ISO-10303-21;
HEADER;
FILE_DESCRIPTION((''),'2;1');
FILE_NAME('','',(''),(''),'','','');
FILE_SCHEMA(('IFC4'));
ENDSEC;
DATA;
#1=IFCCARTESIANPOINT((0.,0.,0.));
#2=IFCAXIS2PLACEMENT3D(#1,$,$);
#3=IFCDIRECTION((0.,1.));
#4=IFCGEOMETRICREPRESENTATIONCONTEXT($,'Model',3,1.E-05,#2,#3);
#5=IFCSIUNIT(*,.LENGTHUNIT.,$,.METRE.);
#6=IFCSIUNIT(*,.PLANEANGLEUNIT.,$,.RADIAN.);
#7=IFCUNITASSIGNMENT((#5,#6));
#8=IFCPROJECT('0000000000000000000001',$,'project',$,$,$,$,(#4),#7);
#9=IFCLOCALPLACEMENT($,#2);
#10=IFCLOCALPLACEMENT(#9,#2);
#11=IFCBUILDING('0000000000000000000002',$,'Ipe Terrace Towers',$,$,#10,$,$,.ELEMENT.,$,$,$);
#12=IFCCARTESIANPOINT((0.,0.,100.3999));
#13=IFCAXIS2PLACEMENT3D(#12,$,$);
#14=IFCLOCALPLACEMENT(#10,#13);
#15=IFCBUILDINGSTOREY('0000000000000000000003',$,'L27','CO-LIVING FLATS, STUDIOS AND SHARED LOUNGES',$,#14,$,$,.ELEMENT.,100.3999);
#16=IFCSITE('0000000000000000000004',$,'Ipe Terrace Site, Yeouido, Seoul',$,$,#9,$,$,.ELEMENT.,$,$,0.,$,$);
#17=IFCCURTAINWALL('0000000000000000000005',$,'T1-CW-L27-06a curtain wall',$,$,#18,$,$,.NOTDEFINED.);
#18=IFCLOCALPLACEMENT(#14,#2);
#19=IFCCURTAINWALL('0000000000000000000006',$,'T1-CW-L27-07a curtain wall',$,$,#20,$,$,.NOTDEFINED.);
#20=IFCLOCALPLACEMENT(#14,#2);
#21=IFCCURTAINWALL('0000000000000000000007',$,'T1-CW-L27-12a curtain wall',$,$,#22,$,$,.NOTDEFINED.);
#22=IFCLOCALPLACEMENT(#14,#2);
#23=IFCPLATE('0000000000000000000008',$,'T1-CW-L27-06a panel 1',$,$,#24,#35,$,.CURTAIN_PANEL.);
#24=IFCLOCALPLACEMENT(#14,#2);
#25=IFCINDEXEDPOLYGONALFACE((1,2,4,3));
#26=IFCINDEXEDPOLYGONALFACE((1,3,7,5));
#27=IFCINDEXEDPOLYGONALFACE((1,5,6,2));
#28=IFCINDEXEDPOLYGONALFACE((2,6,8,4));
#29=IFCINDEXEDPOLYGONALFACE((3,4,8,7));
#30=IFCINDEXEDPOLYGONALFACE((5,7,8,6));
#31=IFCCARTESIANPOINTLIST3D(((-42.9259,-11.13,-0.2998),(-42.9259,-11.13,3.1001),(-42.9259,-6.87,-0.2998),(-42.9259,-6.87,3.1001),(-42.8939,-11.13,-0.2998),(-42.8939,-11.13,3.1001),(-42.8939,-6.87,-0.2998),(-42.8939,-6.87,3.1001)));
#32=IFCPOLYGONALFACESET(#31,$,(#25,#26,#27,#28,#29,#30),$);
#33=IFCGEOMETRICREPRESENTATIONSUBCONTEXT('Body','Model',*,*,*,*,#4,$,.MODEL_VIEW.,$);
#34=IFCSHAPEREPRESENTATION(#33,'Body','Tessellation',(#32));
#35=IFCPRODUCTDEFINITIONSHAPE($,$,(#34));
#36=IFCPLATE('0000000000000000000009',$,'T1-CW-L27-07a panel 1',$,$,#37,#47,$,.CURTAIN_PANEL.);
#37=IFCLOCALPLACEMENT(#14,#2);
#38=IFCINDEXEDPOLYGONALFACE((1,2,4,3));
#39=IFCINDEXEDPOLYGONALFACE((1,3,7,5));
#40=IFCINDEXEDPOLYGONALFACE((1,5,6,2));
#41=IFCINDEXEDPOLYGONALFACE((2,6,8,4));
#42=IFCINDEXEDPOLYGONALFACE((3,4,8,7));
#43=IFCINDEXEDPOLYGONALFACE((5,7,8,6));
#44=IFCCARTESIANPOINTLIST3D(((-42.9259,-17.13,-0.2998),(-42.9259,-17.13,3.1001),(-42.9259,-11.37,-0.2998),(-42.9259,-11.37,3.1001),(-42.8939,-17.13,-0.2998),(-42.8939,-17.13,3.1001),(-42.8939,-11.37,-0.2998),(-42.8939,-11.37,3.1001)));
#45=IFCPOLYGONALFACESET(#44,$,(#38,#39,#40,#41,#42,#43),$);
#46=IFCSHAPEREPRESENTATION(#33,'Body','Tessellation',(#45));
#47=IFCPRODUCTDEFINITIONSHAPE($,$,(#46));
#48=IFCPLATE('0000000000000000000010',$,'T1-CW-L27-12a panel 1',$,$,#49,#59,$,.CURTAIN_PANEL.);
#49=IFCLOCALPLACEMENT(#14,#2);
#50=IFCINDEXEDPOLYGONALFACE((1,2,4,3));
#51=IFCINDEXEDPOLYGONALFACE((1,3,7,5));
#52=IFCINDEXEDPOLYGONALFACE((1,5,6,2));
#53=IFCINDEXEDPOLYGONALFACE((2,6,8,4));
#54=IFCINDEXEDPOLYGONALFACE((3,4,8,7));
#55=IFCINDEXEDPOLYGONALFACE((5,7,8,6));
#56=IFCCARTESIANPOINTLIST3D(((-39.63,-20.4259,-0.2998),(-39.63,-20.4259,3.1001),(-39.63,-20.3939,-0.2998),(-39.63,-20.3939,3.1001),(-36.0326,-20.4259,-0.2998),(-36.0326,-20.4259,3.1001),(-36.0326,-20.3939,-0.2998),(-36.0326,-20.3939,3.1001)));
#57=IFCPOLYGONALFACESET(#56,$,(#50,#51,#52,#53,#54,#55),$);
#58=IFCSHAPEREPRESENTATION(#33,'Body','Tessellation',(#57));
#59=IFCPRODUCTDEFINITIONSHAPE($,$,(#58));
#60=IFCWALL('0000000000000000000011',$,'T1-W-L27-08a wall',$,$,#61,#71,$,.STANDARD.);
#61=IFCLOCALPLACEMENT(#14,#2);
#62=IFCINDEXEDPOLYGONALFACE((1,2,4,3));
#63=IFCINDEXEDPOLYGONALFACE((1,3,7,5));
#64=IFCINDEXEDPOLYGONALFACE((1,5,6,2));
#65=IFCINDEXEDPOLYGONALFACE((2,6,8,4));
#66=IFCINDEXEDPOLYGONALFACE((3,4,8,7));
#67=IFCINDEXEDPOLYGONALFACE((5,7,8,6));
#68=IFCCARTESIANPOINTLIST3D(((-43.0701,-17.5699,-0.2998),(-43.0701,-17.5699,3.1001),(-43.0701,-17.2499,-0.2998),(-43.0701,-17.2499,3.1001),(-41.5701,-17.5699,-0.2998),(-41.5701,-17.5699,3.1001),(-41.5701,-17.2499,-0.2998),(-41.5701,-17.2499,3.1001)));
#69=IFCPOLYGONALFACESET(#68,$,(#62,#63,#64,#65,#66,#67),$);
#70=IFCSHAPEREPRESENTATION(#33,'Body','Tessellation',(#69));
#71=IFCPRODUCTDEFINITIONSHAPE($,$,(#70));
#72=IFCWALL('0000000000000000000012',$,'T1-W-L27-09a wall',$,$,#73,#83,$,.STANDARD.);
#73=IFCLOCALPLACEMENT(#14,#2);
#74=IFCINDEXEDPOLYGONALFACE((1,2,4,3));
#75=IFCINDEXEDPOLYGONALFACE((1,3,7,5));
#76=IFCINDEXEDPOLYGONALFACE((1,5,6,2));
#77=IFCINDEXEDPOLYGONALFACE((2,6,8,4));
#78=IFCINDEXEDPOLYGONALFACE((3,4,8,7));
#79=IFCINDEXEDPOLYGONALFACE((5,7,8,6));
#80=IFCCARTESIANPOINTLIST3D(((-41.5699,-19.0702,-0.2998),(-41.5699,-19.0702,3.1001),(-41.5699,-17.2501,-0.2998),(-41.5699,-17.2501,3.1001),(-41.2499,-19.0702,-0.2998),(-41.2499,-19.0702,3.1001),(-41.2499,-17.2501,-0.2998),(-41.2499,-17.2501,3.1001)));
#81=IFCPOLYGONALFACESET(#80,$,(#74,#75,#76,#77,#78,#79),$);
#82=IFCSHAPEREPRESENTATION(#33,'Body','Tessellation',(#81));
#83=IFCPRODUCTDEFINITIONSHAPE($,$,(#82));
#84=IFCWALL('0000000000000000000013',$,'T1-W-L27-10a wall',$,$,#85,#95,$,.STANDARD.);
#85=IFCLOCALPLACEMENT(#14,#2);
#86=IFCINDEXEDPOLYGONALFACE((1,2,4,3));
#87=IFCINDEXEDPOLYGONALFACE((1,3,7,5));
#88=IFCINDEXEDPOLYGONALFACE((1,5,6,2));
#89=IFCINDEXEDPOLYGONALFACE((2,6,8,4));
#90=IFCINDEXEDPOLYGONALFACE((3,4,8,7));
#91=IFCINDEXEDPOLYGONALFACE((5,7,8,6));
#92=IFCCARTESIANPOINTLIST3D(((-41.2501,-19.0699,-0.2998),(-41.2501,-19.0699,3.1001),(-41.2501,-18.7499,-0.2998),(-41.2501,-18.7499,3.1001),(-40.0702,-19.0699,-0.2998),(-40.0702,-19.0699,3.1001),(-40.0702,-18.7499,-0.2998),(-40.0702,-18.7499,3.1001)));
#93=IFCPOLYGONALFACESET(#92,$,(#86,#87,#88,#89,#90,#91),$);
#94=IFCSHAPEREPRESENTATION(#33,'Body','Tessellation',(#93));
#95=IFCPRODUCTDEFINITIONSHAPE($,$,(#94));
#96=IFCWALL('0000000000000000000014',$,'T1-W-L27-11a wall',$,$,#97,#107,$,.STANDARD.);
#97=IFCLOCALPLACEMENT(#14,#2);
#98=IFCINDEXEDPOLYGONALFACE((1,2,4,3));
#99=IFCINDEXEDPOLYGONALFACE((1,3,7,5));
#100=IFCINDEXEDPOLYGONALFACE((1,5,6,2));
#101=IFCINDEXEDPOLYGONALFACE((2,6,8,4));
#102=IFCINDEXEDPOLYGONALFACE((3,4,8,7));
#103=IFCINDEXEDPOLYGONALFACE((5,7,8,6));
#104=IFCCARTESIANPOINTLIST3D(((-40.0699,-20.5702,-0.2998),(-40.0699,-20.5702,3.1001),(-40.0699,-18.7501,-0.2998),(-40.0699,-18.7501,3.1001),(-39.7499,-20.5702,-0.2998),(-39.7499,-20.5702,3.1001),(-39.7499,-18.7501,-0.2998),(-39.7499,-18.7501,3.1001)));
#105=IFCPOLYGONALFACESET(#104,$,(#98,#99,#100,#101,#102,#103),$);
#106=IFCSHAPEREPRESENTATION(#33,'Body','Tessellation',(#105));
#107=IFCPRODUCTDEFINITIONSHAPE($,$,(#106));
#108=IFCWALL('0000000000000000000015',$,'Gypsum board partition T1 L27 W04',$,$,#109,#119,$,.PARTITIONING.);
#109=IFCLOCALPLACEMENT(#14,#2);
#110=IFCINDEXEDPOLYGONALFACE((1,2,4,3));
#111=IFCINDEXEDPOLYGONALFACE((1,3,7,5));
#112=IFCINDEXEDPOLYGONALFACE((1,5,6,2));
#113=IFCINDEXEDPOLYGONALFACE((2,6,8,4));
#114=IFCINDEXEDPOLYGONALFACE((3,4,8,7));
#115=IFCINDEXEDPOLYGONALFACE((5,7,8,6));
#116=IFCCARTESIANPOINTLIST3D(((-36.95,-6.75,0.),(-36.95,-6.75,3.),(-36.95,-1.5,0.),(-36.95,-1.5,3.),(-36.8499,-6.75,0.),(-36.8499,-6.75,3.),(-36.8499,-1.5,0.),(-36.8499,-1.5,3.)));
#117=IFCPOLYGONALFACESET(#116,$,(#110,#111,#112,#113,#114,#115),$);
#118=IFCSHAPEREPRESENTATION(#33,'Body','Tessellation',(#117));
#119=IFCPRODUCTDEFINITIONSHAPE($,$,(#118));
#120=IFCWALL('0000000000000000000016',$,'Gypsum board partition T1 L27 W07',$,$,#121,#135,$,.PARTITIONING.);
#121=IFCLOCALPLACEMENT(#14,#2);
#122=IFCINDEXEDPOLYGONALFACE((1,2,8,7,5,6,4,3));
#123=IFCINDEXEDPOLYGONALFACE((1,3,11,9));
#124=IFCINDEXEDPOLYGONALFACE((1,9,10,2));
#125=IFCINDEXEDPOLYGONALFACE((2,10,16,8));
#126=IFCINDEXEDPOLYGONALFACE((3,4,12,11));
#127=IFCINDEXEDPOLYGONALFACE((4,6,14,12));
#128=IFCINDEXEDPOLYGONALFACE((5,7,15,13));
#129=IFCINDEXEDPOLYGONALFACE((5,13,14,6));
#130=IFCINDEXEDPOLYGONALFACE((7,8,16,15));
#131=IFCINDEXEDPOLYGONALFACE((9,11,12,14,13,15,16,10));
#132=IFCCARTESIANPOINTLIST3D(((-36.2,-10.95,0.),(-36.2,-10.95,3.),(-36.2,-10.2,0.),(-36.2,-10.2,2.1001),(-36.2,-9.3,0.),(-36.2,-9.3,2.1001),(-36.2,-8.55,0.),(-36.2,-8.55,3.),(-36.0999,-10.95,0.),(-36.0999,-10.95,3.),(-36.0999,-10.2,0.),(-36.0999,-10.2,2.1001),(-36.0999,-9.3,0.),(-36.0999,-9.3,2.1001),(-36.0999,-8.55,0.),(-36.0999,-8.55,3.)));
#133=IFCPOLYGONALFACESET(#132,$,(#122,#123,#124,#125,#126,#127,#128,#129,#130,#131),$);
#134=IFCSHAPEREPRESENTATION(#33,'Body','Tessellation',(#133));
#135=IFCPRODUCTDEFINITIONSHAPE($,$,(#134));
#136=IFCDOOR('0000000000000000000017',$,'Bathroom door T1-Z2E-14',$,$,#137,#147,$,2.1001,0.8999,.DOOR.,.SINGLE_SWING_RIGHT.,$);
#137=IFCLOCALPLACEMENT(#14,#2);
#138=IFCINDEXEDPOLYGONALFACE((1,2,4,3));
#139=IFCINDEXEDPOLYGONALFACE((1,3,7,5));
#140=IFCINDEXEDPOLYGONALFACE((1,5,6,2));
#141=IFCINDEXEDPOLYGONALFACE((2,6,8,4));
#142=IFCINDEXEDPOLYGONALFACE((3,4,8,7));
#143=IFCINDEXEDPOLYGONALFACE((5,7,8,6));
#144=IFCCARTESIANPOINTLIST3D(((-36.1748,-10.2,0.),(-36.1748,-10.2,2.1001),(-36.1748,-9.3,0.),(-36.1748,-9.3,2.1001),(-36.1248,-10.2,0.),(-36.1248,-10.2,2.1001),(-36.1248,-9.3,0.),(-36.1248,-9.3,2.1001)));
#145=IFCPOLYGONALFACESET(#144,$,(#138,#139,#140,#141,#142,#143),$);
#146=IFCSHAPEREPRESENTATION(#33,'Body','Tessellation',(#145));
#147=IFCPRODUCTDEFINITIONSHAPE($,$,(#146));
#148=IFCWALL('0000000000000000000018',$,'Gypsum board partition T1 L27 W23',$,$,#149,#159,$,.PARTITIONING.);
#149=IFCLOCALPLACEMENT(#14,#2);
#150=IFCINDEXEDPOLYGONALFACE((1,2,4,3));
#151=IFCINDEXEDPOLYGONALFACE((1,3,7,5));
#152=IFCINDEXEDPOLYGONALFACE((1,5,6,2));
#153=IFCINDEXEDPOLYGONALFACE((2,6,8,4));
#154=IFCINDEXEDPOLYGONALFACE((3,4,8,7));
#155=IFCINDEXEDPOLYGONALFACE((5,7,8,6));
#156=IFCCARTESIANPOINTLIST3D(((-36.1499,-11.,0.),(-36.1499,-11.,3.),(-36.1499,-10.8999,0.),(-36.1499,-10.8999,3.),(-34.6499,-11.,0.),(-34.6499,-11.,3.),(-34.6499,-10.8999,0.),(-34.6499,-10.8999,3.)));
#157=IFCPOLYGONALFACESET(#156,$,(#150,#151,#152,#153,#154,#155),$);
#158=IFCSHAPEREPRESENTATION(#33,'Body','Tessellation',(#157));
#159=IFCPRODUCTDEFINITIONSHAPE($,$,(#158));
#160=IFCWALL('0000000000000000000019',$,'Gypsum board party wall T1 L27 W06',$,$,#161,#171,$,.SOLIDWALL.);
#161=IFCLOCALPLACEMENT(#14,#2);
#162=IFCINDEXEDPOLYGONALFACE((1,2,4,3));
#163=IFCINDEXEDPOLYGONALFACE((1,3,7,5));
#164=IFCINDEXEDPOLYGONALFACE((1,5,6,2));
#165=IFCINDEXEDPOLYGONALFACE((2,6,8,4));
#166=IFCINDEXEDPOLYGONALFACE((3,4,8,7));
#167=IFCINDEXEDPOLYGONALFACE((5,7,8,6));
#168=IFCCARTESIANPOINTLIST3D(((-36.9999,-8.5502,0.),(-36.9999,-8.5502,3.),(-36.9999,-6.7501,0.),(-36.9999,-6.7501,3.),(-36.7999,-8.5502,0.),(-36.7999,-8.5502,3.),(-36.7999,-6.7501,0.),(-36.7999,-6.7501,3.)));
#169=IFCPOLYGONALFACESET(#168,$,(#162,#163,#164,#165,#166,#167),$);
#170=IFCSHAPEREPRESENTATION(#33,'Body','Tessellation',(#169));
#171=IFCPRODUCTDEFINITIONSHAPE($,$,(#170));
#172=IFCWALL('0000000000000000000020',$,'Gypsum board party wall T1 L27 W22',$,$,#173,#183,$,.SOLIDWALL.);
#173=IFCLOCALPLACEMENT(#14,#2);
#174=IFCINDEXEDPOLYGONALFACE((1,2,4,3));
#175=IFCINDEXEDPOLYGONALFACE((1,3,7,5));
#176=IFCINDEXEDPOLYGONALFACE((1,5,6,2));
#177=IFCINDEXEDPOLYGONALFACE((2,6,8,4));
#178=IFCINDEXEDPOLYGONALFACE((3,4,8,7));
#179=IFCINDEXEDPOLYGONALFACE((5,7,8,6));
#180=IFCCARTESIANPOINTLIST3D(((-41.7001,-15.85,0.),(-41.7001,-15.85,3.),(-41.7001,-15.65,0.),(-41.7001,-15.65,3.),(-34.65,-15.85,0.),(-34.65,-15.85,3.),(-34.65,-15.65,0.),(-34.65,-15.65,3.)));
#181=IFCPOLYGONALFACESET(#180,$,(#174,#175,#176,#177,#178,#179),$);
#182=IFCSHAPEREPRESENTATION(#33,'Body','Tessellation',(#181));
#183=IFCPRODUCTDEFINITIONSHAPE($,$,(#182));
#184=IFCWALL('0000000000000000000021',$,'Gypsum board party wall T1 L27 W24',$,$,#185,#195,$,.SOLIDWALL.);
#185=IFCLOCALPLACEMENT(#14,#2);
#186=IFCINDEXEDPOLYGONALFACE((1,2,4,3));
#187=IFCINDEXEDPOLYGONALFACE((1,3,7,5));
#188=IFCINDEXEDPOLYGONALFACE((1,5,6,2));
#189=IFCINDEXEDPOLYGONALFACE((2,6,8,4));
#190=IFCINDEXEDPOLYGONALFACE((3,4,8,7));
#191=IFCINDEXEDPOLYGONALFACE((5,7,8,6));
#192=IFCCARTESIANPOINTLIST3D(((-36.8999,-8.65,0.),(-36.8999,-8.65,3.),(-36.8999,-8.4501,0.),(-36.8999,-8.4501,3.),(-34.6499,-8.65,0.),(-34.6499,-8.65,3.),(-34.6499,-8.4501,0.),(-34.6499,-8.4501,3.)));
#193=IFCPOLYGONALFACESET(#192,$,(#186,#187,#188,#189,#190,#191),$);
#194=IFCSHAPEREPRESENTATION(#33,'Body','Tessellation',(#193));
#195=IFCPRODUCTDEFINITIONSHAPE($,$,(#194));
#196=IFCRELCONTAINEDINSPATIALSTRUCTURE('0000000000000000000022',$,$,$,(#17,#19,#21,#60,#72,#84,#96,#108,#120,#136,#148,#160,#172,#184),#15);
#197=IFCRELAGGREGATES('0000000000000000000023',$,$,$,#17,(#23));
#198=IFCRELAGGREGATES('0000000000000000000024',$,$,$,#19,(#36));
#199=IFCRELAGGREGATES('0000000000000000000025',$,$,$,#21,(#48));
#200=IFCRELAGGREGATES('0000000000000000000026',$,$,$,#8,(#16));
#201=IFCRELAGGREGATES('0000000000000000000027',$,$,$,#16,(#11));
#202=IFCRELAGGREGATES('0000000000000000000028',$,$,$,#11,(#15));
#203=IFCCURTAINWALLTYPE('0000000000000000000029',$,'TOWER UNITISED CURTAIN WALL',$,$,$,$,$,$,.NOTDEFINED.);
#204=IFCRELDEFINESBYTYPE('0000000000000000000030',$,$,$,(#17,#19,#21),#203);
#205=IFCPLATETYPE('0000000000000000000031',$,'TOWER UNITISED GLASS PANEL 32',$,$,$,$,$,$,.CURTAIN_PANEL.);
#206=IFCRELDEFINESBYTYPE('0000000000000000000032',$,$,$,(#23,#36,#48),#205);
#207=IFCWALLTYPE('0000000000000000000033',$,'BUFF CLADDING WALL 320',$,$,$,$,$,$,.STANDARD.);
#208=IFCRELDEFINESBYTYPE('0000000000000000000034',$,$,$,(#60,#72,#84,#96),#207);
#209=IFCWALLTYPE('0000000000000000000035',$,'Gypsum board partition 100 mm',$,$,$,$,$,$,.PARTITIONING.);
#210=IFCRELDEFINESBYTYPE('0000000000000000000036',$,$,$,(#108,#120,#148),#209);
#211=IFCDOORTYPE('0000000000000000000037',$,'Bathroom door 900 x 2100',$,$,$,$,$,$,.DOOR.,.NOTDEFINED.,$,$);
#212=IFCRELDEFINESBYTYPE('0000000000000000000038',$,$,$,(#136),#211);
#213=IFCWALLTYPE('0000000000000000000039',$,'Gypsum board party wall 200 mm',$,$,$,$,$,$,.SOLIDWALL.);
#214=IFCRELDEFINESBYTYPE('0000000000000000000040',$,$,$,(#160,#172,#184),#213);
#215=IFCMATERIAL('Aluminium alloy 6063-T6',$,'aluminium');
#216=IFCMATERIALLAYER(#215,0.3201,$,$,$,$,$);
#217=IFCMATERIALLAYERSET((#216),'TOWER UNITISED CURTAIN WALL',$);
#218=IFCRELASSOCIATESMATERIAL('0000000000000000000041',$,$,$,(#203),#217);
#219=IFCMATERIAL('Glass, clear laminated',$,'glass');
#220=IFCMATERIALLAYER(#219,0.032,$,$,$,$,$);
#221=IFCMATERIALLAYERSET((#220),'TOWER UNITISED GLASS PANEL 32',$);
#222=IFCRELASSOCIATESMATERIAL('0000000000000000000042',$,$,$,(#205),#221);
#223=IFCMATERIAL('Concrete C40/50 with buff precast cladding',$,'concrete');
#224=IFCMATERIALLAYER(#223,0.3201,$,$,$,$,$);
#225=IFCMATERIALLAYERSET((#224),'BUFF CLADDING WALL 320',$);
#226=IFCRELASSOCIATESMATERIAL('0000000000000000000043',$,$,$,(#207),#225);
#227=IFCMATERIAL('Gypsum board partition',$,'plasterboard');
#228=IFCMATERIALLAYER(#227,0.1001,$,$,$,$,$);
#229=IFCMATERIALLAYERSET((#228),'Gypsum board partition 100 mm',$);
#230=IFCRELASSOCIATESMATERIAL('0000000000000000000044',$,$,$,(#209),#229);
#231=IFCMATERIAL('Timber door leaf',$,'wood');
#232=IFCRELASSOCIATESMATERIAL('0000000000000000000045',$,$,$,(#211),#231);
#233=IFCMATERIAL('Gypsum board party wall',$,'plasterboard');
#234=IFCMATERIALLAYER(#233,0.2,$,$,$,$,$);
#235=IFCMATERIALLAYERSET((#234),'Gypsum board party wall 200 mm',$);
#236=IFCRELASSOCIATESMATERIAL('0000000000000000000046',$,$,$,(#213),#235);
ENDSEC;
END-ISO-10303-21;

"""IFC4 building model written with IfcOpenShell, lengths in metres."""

from ifc_helpers import new_model, si_unit, direction, frame, frame_2d, origin, origin_2d, place, context, subcontext, project, spatial, rectangle, extrude, material, layer, layer_set, type_object, element, fill, aggregate, save


model = new_model("IFC4")

# Units and contexts
model_context = context("Model", 3, precision=1e-05, world=origin(), true_north=direction((0.0, 1.0)))
body_context = subcontext(model_context, "Body", "Model", "MODEL_VIEW")
ifc_project = project(units=[si_unit("LENGTHUNIT", "METRE"), si_unit("PLANEANGLEUNIT", "RADIAN")], contexts=[model_context])

# Site, building, storey
site_placement = place(None, origin())
site = spatial("IfcSite", under=ifc_project, at=site_placement, Name="Ipe Terrace Site, Yeouido, Seoul", CompositionType="ELEMENT", RefElevation=0.0)
building_placement = place(site_placement, origin())
building = spatial("IfcBuilding", under=site, at=building_placement, Name="Ipe Terrace Towers", CompositionType="ELEMENT")
storey_placement = place(building_placement, frame((0.0, 0.0, 100.3999)))
storey = spatial("IfcBuildingStorey", under=building, at=storey_placement, Name="L27", Description="CO-LIVING FLATS, STUDIOS AND SHARED LOUNGES", CompositionType="ELEMENT", Elevation=100.3999)

# Curtain walls
ifc_material_1 = material(Name="Aluminium alloy 6063-T6", Category="aluminium")
ifc_layer_1 = layer(ifc_material_1, 0.3201)
ifc_layer_set_1 = layer_set([ifc_layer_1], Name="TOWER UNITISED CURTAIN WALL")
curtain_wall_type = type_object("IfcCurtainWallType", Name="TOWER UNITISED CURTAIN WALL", PredefinedType="NOTDEFINED", material=ifc_layer_set_1)
curtain_wall_1_placement = place(storey_placement, origin())
curtain_wall_1 = element("IfcCurtainWall", 1, at=curtain_wall_1_placement, inside=storey, type_object=curtain_wall_type, Name="T1-CW-L27-06a curtain wall", PredefinedType="NOTDEFINED")
curtain_wall_2_placement = place(storey_placement, origin())
curtain_wall_2 = element("IfcCurtainWall", 2, at=curtain_wall_2_placement, inside=storey, type_object=curtain_wall_type, Name="T1-CW-L27-07a curtain wall", PredefinedType="NOTDEFINED")
curtain_wall_3_placement = place(storey_placement, origin())
curtain_wall_3 = element("IfcCurtainWall", 3, at=curtain_wall_3_placement, inside=storey, type_object=curtain_wall_type, Name="T1-CW-L27-12a curtain wall", PredefinedType="NOTDEFINED")

# Plates
ifc_material_2 = material(Name="Glass, clear laminated", Category="glass")
ifc_layer_2 = layer(ifc_material_2, 0.032)
ifc_layer_set_2 = layer_set([ifc_layer_2], Name="TOWER UNITISED GLASS PANEL 32")
plate_type = type_object("IfcPlateType", Name="TOWER UNITISED GLASS PANEL 32", PredefinedType="CURTAIN_PANEL", material=ifc_layer_set_2)
plate_1_placement = place(storey_placement, frame((-42.9099, -9.0, -0.2998), z_axis=(0.0, 0.0, 1.0), x_axis=(0.0, -1.0, 0.0)))
plate_1 = element("IfcPlate", 4, at=plate_1_placement, type_object=plate_type, Name="T1-CW-L27-06a panel 1", PredefinedType="CURTAIN_PANEL", context=body_context, shape_type="SweptSolid", body=[
    extrude(rectangle(XDim=4.26, YDim=0.032, at=origin_2d()), origin(), (0.0, 0.0, 1.0), 3.3999),
])
aggregate(curtain_wall_1, [plate_1])
plate_2_placement = place(storey_placement, frame((-42.9099, -14.25, -0.2998), z_axis=(0.0, 0.0, 1.0), x_axis=(0.0, -1.0, 0.0)))
plate_2 = element("IfcPlate", 5, at=plate_2_placement, type_object=plate_type, Name="T1-CW-L27-07a panel 1", PredefinedType="CURTAIN_PANEL", context=body_context, shape_type="SweptSolid", body=[
    extrude(rectangle(XDim=5.76, YDim=0.032, at=origin_2d()), origin(), (0.0, 0.0, 1.0), 3.3999),
])
aggregate(curtain_wall_2, [plate_2])
plate_3_placement = place(storey_placement, frame((-37.8313, -20.4099, -0.2998), z_axis=(0.0, 0.0, 1.0), x_axis=(1.0, 0.0, 0.0)))
plate_3 = element("IfcPlate", 6, at=plate_3_placement, type_object=plate_type, Name="T1-CW-L27-12a panel 1", PredefinedType="CURTAIN_PANEL", context=body_context, shape_type="SweptSolid", body=[
    extrude(rectangle(XDim=3.5974, YDim=0.032, at=origin_2d()), origin(), (0.0, 0.0, 1.0), 3.3999),
])
aggregate(curtain_wall_3, [plate_3])

# Walls
ifc_material_3 = material(Name="Concrete C40/50 with buff precast cladding", Category="concrete")
ifc_layer_3 = layer(ifc_material_3, 0.3201)
ifc_layer_set_3 = layer_set([ifc_layer_3], Name="BUFF CLADDING WALL 320")
wall_type_1 = type_object("IfcWallType", Name="BUFF CLADDING WALL 320", PredefinedType="STANDARD", material=ifc_layer_set_3)
wall_1_placement = place(storey_placement, frame((-43.0701, -17.4099, -0.2998), z_axis=(0.0, 0.0, 1.0), x_axis=(1.0, 0.0, 0.0)))
element("IfcWall", 7, at=wall_1_placement, inside=storey, type_object=wall_type_1, Name="T1-W-L27-08a wall", PredefinedType="STANDARD", context=body_context, shape_type="SweptSolid", body=[
    extrude(rectangle(XDim=1.5, YDim=0.3201, at=frame_2d((0.75, 0.0))), origin(), (0.0, 0.0, 1.0), 3.3999),
])
wall_2_placement = place(storey_placement, frame((-41.4099, -17.25, -0.2998), z_axis=(0.0, 0.0, 1.0), x_axis=(0.0, -1.0, 0.0)))
element("IfcWall", 8, at=wall_2_placement, inside=storey, type_object=wall_type_1, Name="T1-W-L27-09a wall", PredefinedType="STANDARD", context=body_context, shape_type="SweptSolid", body=[
    extrude(rectangle(XDim=1.8201, YDim=0.3201, at=frame_2d((0.9102, 0.0))), origin(), (0.0, 0.0, 1.0), 3.3999),
])
wall_3_placement = place(storey_placement, frame((-41.25, -18.9099, -0.2998), z_axis=(0.0, 0.0, 1.0), x_axis=(1.0, 0.0, 0.0)))
element("IfcWall", 9, at=wall_3_placement, inside=storey, type_object=wall_type_1, Name="T1-W-L27-10a wall", PredefinedType="STANDARD", context=body_context, shape_type="SweptSolid", body=[
    extrude(rectangle(XDim=1.1799, YDim=0.3201, at=frame_2d((0.5898, 0.0))), origin(), (0.0, 0.0, 1.0), 3.3999),
])
wall_4_placement = place(storey_placement, frame((-39.9099, -18.75, -0.2998), z_axis=(0.0, 0.0, 1.0), x_axis=(0.0, -1.0, 0.0)))
element("IfcWall", 10, at=wall_4_placement, inside=storey, type_object=wall_type_1, Name="T1-W-L27-11a wall", PredefinedType="STANDARD", context=body_context, shape_type="SweptSolid", body=[
    extrude(rectangle(XDim=1.8201, YDim=0.3201, at=frame_2d((0.9102, 0.0))), origin(), (0.0, 0.0, 1.0), 3.3999),
])
ifc_material_4 = material(Name="Gypsum board partition", Category="plasterboard")
ifc_layer_4 = layer(ifc_material_4, 0.1001)
ifc_layer_set_4 = layer_set([ifc_layer_4], Name="Gypsum board partition 100 mm")
wall_type_2 = type_object("IfcWallType", Name="Gypsum board partition 100 mm", PredefinedType="PARTITIONING", material=ifc_layer_set_4)
wall_5_placement = place(storey_placement, frame((-36.8999, -6.75, 0.0), z_axis=(0.0, 0.0, 1.0), x_axis=(0.0, 1.0, 0.0)))
element("IfcWall", 11, at=wall_5_placement, inside=storey, type_object=wall_type_2, Name="Gypsum board partition T1 L27 W04", PredefinedType="PARTITIONING", context=body_context, shape_type="SweptSolid", body=[
    extrude(rectangle(XDim=5.25, YDim=0.1001, at=frame_2d((2.625, 0.0))), origin(), (0.0, 0.0, 1.0), 3.0),
])

# Wall, opening, door
wall_6_placement = place(storey_placement, frame((-36.1499, -10.95, 0.0), z_axis=(0.0, 0.0, 1.0), x_axis=(0.0, 1.0, 0.0)))
wall_6 = element("IfcWall", 12, at=wall_6_placement, inside=storey, type_object=wall_type_2, Name="Gypsum board partition T1 L27 W07", PredefinedType="PARTITIONING", context=body_context, shape_type="SweptSolid", body=[
    extrude(rectangle(XDim=2.3999, YDim=0.1001, at=frame_2d((1.2, 0.0))), origin(), (0.0, 0.0, 1.0), 3.0),
])
opening_1_placement = place(wall_6_placement, frame((0.75, 0.0, 0.0)))
opening_1 = element("IfcOpeningElement", 13, at=opening_1_placement, cuts=wall_6, PredefinedType="OPENING", context=body_context, shape_type="SweptSolid", body=[
    extrude(rectangle(XDim=0.8999, YDim=2.1001, at=frame_2d((0.45, 1.05))), frame((0.0, 0.0601, 0.0), z_axis=(0.0, -1.0, 0.0), x_axis=(1.0, 0.0, 0.0)), (0.0, 0.0, 1.0), 0.1201),
])
ifc_material_5 = material(Name="Timber door leaf", Category="wood")
door_type_1 = type_object("IfcDoorType", Name="Bathroom door 900 x 2100", OperationType="NOTDEFINED", PredefinedType="DOOR", material=ifc_material_5)
door_1_placement = place(opening_1_placement, origin())
door_1 = element("IfcDoor", 14, at=door_1_placement, inside=storey, type_object=door_type_1, Name="Bathroom door T1-Z2E-14", OperationType="SINGLE_SWING_RIGHT", OverallHeight=2.1001, OverallWidth=0.8999, PredefinedType="DOOR", context=body_context, shape_type="SweptSolid", body=[
    extrude(rectangle(XDim=0.8999, YDim=2.1001, at=frame_2d((0.45, 1.05))), frame((0.0, 0.0249, 0.0), z_axis=(0.0, -1.0, 0.0), x_axis=(1.0, 0.0, 0.0)), (0.0, 0.0, 1.0), 0.05),
])
fill(opening_1, door_1)

# Walls
wall_7_placement = place(storey_placement, frame((-36.1499, -10.95, 0.0), z_axis=(0.0, 0.0, 1.0), x_axis=(1.0, 0.0, 0.0)))
element("IfcWall", 15, at=wall_7_placement, inside=storey, type_object=wall_type_2, Name="Gypsum board partition T1 L27 W23", PredefinedType="PARTITIONING", context=body_context, shape_type="SweptSolid", body=[
    extrude(rectangle(XDim=1.5, YDim=0.1001, at=frame_2d((0.75, 0.0))), origin(), (0.0, 0.0, 1.0), 3.0),
])
ifc_material_6 = material(Name="Gypsum board party wall", Category="plasterboard")
ifc_layer_5 = layer(ifc_material_6, 0.2)
ifc_layer_set_5 = layer_set([ifc_layer_5], Name="Gypsum board party wall 200 mm")
wall_type_3 = type_object("IfcWallType", Name="Gypsum board party wall 200 mm", PredefinedType="SOLIDWALL", material=ifc_layer_set_5)
wall_8_placement = place(storey_placement, frame((-36.8999, -8.55, 0.0), z_axis=(0.0, 0.0, 1.0), x_axis=(0.0, 1.0, 0.0)))
element("IfcWall", 16, at=wall_8_placement, inside=storey, type_object=wall_type_3, Name="Gypsum board party wall T1 L27 W06", PredefinedType="SOLIDWALL", context=body_context, shape_type="SweptSolid", body=[
    extrude(rectangle(XDim=1.8, YDim=0.2, at=frame_2d((0.8999, 0.0))), origin(), (0.0, 0.0, 1.0), 3.0),
])
wall_9_placement = place(storey_placement, frame((-41.7, -15.75, 0.0), z_axis=(0.0, 0.0, 1.0), x_axis=(1.0, 0.0, 0.0)))
element("IfcWall", 17, at=wall_9_placement, inside=storey, type_object=wall_type_3, Name="Gypsum board party wall T1 L27 W22", PredefinedType="SOLIDWALL", context=body_context, shape_type="SweptSolid", body=[
    extrude(rectangle(XDim=7.05, YDim=0.2, at=frame_2d((3.5249, 0.0))), origin(), (0.0, 0.0, 1.0), 3.0),
])
wall_10_placement = place(storey_placement, frame((-36.8999, -8.55, 0.0), z_axis=(0.0, 0.0, 1.0), x_axis=(1.0, 0.0, 0.0)))
element("IfcWall", 18, at=wall_10_placement, inside=storey, type_object=wall_type_3, Name="Gypsum board party wall T1 L27 W24", PredefinedType="SOLIDWALL", context=body_context, shape_type="SweptSolid", body=[
    extrude(rectangle(XDim=2.25, YDim=0.2, at=frame_2d((1.125, 0.0))), origin(), (0.0, 0.0, 1.0), 3.0),
])

save(model, "model.ifc")
